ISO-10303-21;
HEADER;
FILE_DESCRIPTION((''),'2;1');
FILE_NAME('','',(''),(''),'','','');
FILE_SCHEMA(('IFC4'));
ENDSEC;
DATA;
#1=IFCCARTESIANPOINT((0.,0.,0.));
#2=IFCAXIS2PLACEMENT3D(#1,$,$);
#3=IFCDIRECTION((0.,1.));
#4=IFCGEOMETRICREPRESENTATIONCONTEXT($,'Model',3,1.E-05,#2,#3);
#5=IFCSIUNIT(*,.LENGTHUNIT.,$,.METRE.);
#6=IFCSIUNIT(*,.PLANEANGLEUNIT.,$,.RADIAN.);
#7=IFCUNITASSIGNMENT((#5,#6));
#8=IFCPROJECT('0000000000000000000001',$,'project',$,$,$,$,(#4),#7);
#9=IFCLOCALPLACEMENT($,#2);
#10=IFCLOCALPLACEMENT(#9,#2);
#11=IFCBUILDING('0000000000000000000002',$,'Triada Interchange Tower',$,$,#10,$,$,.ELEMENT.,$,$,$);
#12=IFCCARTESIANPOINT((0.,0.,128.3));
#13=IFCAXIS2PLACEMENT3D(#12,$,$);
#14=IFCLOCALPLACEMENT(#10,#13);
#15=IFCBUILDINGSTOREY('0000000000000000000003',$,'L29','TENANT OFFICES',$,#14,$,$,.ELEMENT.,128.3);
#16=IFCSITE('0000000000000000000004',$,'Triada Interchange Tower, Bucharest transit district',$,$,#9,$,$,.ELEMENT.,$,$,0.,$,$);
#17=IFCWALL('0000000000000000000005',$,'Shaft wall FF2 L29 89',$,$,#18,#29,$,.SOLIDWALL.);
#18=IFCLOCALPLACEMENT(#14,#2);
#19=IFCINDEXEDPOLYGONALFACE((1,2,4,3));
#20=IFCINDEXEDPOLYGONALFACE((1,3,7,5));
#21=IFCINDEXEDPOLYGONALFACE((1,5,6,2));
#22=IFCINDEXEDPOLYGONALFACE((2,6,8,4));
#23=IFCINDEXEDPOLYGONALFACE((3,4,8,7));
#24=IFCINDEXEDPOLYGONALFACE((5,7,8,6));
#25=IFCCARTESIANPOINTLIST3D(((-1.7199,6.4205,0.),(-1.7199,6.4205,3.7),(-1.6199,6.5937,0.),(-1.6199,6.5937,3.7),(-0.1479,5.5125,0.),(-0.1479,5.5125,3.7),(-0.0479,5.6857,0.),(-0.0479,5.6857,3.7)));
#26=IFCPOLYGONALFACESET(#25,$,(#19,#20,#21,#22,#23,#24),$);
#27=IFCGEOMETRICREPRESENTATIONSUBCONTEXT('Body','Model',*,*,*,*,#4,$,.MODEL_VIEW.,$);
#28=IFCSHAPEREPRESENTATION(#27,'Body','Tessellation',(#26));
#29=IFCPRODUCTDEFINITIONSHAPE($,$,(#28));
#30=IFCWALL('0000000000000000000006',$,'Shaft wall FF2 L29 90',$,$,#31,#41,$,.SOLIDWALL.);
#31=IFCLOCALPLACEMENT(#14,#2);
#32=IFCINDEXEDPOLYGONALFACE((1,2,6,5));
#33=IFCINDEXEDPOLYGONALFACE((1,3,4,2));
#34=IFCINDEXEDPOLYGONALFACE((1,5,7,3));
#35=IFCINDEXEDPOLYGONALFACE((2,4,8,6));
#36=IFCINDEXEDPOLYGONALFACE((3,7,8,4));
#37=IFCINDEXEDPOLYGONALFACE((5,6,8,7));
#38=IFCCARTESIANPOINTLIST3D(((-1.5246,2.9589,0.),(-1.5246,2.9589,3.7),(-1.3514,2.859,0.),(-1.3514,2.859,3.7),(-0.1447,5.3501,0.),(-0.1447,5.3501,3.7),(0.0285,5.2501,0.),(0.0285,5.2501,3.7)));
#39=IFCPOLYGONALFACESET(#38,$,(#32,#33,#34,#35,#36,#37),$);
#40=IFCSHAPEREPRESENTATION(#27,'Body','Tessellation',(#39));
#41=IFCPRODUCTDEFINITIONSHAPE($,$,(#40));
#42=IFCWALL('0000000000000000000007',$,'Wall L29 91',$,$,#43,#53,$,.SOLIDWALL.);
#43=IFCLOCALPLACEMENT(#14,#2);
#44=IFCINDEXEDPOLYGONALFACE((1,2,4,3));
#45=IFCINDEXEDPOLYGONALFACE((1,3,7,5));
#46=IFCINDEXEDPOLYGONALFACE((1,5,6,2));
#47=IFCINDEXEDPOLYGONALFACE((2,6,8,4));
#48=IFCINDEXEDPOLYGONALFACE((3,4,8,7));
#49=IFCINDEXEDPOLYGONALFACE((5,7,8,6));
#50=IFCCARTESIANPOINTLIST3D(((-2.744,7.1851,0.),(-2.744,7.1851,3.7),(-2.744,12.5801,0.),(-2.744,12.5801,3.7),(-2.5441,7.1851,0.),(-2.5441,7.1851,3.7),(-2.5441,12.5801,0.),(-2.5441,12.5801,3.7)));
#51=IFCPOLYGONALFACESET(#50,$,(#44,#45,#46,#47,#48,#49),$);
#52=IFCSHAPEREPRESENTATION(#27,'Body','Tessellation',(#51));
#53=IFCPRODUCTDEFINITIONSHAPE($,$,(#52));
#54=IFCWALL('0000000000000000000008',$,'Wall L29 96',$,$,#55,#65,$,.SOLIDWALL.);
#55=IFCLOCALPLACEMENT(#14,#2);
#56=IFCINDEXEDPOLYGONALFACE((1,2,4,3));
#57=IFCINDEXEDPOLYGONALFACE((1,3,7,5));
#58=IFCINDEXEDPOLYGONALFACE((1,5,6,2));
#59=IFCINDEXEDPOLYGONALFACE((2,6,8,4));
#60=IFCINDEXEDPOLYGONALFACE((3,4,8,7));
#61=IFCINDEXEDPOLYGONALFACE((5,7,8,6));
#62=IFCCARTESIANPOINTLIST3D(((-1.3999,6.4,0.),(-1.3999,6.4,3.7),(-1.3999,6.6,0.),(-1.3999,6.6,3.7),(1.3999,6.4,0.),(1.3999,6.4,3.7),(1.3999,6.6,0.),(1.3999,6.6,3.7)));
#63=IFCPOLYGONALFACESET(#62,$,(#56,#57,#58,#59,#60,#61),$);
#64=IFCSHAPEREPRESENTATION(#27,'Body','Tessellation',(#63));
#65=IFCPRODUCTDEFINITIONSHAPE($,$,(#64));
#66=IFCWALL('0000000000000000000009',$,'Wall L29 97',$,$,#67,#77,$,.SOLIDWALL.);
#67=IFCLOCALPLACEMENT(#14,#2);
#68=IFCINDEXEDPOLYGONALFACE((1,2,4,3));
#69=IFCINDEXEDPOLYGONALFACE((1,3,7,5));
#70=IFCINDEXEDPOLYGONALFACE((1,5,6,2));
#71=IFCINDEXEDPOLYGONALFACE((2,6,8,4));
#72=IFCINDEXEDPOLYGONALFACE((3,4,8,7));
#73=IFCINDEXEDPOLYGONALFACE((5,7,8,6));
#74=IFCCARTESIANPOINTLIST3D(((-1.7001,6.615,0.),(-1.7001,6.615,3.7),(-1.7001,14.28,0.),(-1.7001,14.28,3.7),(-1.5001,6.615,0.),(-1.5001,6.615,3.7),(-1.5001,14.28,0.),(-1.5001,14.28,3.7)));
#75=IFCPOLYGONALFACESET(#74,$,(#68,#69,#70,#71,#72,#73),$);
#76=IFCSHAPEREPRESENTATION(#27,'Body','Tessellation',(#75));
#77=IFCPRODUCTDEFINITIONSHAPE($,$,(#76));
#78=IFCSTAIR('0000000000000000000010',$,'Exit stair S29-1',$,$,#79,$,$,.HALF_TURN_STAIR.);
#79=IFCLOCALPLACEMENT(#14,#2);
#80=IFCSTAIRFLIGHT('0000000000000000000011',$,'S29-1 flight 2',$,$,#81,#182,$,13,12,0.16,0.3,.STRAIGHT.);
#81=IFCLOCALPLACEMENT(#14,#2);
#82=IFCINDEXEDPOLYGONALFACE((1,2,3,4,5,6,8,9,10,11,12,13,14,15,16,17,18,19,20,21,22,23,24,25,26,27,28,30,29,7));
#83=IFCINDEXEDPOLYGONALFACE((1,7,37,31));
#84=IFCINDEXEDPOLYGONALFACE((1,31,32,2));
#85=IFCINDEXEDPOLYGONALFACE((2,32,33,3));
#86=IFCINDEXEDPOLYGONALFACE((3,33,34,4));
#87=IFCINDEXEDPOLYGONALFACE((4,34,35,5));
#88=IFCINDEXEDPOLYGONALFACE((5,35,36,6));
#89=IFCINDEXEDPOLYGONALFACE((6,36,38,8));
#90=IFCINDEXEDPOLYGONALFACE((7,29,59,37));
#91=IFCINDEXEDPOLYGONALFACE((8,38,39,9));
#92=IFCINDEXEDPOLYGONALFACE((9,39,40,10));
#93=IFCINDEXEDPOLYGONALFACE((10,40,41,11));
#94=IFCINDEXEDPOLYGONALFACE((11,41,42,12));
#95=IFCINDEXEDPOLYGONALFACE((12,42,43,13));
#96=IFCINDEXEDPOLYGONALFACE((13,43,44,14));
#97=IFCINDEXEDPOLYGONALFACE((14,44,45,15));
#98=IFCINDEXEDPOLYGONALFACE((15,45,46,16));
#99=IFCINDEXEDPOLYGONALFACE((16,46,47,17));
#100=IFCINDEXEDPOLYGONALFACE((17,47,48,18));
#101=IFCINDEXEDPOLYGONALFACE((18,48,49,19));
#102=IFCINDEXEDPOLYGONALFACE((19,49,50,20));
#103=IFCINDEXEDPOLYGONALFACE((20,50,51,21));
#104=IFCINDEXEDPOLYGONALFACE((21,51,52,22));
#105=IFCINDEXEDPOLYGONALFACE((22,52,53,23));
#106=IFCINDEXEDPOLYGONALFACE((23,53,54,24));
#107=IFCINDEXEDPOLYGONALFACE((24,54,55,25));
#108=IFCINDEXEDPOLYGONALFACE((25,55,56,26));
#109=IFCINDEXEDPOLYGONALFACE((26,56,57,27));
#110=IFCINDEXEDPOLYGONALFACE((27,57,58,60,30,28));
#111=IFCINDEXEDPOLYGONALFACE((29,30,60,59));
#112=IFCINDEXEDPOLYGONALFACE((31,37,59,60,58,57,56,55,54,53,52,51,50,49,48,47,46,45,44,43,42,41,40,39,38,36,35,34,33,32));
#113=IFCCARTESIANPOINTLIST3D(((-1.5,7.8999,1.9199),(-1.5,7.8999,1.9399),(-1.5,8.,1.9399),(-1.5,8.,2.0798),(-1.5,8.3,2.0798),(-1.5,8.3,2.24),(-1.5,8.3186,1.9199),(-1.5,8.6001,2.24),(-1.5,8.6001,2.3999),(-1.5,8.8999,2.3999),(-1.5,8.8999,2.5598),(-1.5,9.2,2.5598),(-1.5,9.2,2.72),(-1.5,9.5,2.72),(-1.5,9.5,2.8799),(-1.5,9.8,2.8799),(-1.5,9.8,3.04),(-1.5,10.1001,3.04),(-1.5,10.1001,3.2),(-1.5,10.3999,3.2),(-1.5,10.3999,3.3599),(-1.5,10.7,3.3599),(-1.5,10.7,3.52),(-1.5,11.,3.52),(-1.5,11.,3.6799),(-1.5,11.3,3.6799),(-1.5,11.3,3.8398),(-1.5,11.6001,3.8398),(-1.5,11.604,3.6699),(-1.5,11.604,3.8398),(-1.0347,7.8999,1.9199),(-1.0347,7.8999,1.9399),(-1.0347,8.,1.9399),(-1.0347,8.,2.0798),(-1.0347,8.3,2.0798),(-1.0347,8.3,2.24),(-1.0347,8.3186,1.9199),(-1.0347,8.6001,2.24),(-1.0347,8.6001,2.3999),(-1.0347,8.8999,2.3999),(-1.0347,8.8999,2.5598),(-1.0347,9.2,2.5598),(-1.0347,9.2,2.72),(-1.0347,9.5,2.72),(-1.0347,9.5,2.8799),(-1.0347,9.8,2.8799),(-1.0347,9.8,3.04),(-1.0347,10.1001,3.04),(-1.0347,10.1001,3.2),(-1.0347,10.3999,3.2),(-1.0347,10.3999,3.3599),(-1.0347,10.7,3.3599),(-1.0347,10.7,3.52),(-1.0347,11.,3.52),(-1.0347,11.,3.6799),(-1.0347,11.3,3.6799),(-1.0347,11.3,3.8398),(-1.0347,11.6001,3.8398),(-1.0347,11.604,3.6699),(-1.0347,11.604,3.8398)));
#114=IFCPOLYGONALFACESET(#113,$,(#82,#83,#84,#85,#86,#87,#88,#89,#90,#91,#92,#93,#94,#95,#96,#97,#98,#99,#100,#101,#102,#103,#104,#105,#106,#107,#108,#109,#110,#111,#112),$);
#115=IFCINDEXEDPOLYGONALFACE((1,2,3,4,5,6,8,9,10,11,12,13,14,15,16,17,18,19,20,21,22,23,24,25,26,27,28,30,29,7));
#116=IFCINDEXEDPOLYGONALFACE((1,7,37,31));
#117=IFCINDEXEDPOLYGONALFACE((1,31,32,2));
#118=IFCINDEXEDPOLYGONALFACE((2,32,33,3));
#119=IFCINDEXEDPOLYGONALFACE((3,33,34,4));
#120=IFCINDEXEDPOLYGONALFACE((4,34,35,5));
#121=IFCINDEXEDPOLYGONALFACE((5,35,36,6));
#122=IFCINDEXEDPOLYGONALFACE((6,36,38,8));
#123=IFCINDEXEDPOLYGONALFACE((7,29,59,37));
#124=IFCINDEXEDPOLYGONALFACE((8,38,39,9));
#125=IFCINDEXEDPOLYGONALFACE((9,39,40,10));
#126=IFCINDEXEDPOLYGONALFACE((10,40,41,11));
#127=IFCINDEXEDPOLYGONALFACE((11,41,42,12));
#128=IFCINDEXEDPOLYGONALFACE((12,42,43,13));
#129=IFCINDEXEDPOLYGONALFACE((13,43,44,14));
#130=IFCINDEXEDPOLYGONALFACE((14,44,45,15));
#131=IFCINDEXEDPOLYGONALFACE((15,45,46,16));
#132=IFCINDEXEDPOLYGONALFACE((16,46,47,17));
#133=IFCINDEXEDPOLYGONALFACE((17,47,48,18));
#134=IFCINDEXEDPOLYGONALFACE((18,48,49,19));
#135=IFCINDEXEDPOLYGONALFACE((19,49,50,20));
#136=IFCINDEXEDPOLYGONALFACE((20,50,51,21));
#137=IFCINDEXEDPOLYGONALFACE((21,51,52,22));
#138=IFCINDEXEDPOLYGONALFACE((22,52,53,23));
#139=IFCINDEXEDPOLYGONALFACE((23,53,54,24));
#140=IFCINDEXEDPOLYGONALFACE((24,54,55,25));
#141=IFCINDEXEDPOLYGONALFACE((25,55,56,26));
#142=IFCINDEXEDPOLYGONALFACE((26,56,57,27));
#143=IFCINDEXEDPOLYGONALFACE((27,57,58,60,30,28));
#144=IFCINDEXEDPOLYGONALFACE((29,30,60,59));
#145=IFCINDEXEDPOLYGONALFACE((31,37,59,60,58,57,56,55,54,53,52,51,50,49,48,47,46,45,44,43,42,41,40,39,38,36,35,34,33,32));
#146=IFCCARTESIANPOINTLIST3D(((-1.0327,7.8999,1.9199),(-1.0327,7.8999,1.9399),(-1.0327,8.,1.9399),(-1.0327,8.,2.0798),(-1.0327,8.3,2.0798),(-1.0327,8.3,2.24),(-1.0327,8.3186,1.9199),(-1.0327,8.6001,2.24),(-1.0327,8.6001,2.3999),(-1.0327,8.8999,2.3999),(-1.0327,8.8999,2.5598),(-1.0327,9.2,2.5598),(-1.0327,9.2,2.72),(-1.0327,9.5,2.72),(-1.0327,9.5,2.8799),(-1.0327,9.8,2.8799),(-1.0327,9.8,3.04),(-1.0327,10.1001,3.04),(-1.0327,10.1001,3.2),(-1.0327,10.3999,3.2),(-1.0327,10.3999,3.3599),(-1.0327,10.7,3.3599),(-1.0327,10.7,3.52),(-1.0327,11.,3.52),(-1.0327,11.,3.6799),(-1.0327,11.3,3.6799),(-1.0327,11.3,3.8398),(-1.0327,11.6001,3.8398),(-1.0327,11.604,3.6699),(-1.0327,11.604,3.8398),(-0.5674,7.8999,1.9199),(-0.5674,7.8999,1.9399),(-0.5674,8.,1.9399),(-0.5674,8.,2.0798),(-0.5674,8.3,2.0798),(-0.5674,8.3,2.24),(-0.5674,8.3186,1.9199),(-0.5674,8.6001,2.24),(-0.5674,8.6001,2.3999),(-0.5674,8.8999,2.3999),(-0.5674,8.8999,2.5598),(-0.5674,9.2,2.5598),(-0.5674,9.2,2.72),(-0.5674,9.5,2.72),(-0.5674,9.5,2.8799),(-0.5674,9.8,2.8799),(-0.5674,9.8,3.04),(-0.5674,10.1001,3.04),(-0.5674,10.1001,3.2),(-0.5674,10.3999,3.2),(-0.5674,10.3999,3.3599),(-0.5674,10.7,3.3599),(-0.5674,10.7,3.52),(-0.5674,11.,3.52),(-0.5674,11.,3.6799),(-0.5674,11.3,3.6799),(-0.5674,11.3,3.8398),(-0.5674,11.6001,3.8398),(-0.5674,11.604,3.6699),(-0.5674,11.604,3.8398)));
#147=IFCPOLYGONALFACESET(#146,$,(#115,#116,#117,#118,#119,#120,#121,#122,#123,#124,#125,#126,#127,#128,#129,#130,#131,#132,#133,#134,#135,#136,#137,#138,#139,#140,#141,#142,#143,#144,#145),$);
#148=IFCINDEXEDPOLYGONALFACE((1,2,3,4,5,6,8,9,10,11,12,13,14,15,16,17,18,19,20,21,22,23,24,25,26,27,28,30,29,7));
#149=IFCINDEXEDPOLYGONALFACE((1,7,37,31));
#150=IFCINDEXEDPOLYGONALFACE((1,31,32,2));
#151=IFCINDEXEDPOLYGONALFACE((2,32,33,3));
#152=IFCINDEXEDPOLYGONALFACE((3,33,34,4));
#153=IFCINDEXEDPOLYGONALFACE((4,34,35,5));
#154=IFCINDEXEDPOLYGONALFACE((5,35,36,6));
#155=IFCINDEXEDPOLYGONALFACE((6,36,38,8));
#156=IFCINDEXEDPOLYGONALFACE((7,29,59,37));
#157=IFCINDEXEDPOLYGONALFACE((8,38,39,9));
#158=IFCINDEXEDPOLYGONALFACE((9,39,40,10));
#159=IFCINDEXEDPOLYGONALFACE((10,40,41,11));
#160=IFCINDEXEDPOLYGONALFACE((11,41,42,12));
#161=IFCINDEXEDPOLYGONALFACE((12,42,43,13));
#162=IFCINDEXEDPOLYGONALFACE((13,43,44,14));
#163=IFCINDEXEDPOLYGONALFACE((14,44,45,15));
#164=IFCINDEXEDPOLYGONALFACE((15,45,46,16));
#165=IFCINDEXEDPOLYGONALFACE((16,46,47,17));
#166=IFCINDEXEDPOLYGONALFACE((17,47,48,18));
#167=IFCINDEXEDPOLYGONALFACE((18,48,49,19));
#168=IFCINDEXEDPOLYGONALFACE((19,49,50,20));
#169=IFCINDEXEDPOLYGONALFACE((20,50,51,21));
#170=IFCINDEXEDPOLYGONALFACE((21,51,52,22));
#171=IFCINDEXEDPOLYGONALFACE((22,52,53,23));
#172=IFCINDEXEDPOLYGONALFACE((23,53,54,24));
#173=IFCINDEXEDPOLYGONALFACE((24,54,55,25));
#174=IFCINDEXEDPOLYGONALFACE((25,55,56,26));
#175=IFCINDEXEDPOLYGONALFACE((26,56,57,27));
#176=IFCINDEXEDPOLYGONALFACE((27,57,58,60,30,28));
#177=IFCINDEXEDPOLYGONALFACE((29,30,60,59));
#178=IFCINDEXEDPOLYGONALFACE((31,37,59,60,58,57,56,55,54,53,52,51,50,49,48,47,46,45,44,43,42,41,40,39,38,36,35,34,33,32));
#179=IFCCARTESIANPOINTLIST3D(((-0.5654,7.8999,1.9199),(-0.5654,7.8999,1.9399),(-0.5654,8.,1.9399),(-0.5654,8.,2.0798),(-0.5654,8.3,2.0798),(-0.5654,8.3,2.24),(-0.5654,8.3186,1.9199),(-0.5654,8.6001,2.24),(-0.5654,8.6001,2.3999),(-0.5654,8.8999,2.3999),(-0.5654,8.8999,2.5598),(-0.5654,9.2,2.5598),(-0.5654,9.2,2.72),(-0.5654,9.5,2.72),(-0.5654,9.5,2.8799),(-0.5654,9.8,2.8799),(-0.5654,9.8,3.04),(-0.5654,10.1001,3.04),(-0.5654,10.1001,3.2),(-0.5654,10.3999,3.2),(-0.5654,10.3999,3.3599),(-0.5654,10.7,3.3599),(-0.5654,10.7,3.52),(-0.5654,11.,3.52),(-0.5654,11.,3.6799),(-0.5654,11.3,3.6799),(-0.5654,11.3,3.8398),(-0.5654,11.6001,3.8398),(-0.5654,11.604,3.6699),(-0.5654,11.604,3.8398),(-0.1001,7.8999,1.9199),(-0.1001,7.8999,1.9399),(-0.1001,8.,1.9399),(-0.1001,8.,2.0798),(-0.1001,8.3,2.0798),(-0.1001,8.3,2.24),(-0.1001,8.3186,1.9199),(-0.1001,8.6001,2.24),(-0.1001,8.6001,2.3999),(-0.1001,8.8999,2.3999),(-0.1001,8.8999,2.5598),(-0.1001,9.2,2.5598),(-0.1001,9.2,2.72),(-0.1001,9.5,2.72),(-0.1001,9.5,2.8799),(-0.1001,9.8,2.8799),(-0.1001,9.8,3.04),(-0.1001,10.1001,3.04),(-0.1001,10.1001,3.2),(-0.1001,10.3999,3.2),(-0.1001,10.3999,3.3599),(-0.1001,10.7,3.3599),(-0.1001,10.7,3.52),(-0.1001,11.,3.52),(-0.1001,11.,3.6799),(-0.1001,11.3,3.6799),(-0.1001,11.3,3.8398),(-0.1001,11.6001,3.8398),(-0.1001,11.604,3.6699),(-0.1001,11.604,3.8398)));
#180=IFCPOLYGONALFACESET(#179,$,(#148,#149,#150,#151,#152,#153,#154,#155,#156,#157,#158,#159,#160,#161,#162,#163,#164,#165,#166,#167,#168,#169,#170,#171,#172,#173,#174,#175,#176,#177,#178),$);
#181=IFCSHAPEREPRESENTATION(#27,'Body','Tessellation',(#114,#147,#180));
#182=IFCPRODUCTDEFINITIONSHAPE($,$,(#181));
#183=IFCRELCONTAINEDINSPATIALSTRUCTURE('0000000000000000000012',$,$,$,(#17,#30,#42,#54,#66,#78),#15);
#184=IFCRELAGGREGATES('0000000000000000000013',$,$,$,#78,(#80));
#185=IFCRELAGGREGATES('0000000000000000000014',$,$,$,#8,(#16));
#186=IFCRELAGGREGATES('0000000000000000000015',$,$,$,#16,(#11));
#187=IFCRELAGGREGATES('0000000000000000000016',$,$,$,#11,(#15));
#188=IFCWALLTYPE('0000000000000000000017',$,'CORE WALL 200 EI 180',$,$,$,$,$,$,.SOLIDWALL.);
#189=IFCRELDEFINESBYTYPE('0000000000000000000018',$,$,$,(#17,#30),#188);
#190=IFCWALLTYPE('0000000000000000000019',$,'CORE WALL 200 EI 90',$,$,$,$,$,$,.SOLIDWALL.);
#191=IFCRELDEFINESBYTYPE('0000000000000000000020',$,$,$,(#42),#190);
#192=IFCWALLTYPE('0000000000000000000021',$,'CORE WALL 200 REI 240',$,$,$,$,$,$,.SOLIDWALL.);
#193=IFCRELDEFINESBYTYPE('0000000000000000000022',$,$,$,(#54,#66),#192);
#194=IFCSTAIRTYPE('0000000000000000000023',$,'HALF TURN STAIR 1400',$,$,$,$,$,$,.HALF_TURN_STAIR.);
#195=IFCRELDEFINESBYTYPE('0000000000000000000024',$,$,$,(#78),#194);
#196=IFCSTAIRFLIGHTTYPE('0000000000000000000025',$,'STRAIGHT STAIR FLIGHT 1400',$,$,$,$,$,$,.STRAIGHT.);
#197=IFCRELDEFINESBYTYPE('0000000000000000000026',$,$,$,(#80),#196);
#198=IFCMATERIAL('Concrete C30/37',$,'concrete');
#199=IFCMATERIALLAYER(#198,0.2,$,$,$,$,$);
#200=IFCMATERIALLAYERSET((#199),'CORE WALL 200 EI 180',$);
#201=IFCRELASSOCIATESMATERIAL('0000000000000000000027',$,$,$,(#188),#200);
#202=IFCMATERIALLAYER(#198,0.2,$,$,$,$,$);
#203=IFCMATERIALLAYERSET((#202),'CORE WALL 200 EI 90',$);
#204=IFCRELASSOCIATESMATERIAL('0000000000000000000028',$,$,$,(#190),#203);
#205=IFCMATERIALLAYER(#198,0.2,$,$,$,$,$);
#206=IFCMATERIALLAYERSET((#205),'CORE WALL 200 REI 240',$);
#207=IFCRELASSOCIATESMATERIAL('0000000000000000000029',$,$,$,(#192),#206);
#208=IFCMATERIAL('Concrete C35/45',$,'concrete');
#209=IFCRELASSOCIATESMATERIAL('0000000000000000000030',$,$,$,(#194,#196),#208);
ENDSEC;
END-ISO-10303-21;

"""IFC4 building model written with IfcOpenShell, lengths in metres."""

from ifc_helpers import new_model, si_unit, direction, frame, frame_2d, origin, place, context, subcontext, project, spatial, polyline, rectangle, outline, extrude, material, layer, layer_set, type_object, element, aggregate, save


model = new_model("IFC4")

# Units and contexts
model_context = context("Model", 3, precision=1e-05, world=origin(), true_north=direction((0.0, 1.0)))
body_context = subcontext(model_context, "Body", "Model", "MODEL_VIEW")
ifc_project = project(units=[si_unit("LENGTHUNIT", "METRE"), si_unit("PLANEANGLEUNIT", "RADIAN")], contexts=[model_context])

# Site, building, storey
site_placement = place(None, origin())
site = spatial("IfcSite", under=ifc_project, at=site_placement, Name="Triada Interchange Tower, Bucharest transit district", CompositionType="ELEMENT", RefElevation=0.0)
building_placement = place(site_placement, origin())
building = spatial("IfcBuilding", under=site, at=building_placement, Name="Triada Interchange Tower", CompositionType="ELEMENT")
storey_placement = place(building_placement, frame((0.0, 0.0, 128.3)))
storey = spatial("IfcBuildingStorey", under=building, at=storey_placement, Name="L29", Description="TENANT OFFICES", CompositionType="ELEMENT", Elevation=128.3)

# Shared definitions
ifc_material_1 = material(Name="Concrete C30/37", Category="concrete")
ifc_layer_1 = layer(ifc_material_1, 0.2)
ifc_layer_set_1 = layer_set([ifc_layer_1], Name="CORE WALL 200 EI 180")
wall_type_1 = type_object("IfcWallType", Name="CORE WALL 200 EI 180", PredefinedType="SOLIDWALL", material=ifc_layer_set_1)

# Walls
wall_1_placement = place(storey_placement, frame((-1.6699, 6.5071, 0.0), z_axis=(0.0, 0.0, 1.0), x_axis=(0.865941, -0.500145, 0.0)))
element("IfcWall", 1, at=wall_1_placement, inside=storey, type_object=wall_type_1, Name="Shaft wall FF2 L29 89", PredefinedType="SOLIDWALL", context=body_context, shape_type="SweptSolid", body=[
    extrude(rectangle(XDim=1.8154, YDim=0.2, at=frame_2d((0.9077, 0.0))), origin(), (0.0, 0.0, 1.0), 3.7),
])
wall_2_placement = place(storey_placement, frame((-1.438, 2.9089, 0.0), z_axis=(0.0, 0.0, 1.0), x_axis=(0.49983, 0.866124, 0.0)))
element("IfcWall", 2, at=wall_2_placement, inside=storey, type_object=wall_type_1, Name="Shaft wall FF2 L29 90", PredefinedType="SOLIDWALL", context=body_context, shape_type="SweptSolid", body=[
    extrude(rectangle(XDim=2.7607, YDim=0.2, at=frame_2d((1.3804, 0.0))), origin(), (0.0, 0.0, 1.0), 3.7),
])
ifc_layer_2 = layer(ifc_material_1, 0.2)
ifc_layer_set_2 = layer_set([ifc_layer_2], Name="CORE WALL 200 EI 90")
wall_type_2 = type_object("IfcWallType", Name="CORE WALL 200 EI 90", PredefinedType="SOLIDWALL", material=ifc_layer_set_2)
wall_3_placement = place(storey_placement, frame((-2.644, 7.1851, 0.0), z_axis=(0.0, 0.0, 1.0), x_axis=(0.0, 1.0, 0.0)))
element("IfcWall", 3, at=wall_3_placement, inside=storey, type_object=wall_type_2, Name="Wall L29 91", PredefinedType="SOLIDWALL", context=body_context, shape_type="SweptSolid", body=[
    extrude(rectangle(XDim=5.395, YDim=0.2, at=frame_2d((2.6975, 0.0))), origin(), (0.0, 0.0, 1.0), 3.7),
])
ifc_layer_3 = layer(ifc_material_1, 0.2)
ifc_layer_set_3 = layer_set([ifc_layer_3], Name="CORE WALL 200 REI 240")
wall_type_3 = type_object("IfcWallType", Name="CORE WALL 200 REI 240", PredefinedType="SOLIDWALL", material=ifc_layer_set_3)
wall_4_placement = place(storey_placement, frame((-1.3999, 6.5, 0.0), z_axis=(0.0, 0.0, 1.0), x_axis=(1.0, 0.0, 0.0)))
element("IfcWall", 4, at=wall_4_placement, inside=storey, type_object=wall_type_3, Name="Wall L29 96", PredefinedType="SOLIDWALL", context=body_context, shape_type="SweptSolid", body=[
    extrude(rectangle(XDim=2.7998, YDim=0.2, at=frame_2d((1.3999, 0.0))), origin(), (0.0, 0.0, 1.0), 3.7),
])
wall_5_placement = place(storey_placement, frame((-1.6001, 6.615, 0.0), z_axis=(0.0, 0.0, 1.0), x_axis=(0.0, 1.0, 0.0)))
element("IfcWall", 5, at=wall_5_placement, inside=storey, type_object=wall_type_3, Name="Wall L29 97", PredefinedType="SOLIDWALL", context=body_context, shape_type="SweptSolid", body=[
    extrude(rectangle(XDim=7.665, YDim=0.2, at=frame_2d((3.8325, 0.0))), origin(), (0.0, 0.0, 1.0), 3.7),
])

# Stair, stair flight
ifc_material_2 = material(Name="Concrete C35/45", Category="concrete")
stair_type = type_object("IfcStairType", Name="HALF TURN STAIR 1400", PredefinedType="HALF_TURN_STAIR", material=ifc_material_2)
stair_placement = place(storey_placement, origin())
stair = element("IfcStair", 6, at=stair_placement, inside=storey, type_object=stair_type, Name="Exit stair S29-1", PredefinedType="HALF_TURN_STAIR")
stair_flight_type = type_object("IfcStairFlightType", Name="STRAIGHT STAIR FLIGHT 1400", PredefinedType="STRAIGHT", material=ifc_material_2)
stair_flight_placement = place(storey_placement, frame((-0.8, 8.0, 1.9199), z_axis=(0.0, 0.0, 1.0), x_axis=(0.0, 1.0, 0.0)))
stair_flight = element("IfcStairFlight", 7, at=stair_flight_placement, type_object=stair_flight_type, Name="S29-1 flight 2", NumberOfRisers=13, NumberOfTreads=12, PredefinedType="STRAIGHT", RiserHeight=0.16, TreadLength=0.3, context=body_context, shape_type="SweptSolid", body=[
    extrude(outline(polyline([(-0.1001, 0.0), (-0.1001, 0.02), (0.0, 0.02), (0.0, 0.1599), (0.3, 0.1599), (0.3, 0.3201), (0.6001, 0.3201), (0.6001, 0.48), (0.8999, 0.48), (0.8999, 0.6399), (1.2, 0.6399), (1.2, 0.8), (1.5, 0.8), (1.5, 0.96), (1.8, 0.96), (1.8, 1.1201), (2.1001, 1.1201), (2.1001, 1.28), (2.3999, 1.28), (2.3999, 1.4399), (2.7, 1.4399), (2.7, 1.6001), (3.0, 1.6001), (3.0, 1.76), (3.3, 1.76), (3.3, 1.9199), (3.6001, 1.9199), (3.604, 1.9199), (3.604, 2.0801), (3.604, 1.75), (0.3186, 0.0), (-0.1001, 0.0)])), frame((0.0, 0.7, 0.0), z_axis=(0.0, -1.0, 0.0), x_axis=(1.0, 0.0, 0.0)), (0.0, 0.0, 1.0), 0.4653),
    extrude(outline(polyline([(-0.1001, 0.0), (-0.1001, 0.02), (0.0, 0.02), (0.0, 0.1599), (0.3, 0.1599), (0.3, 0.3201), (0.6001, 0.3201), (0.6001, 0.48), (0.8999, 0.48), (0.8999, 0.6399), (1.2, 0.6399), (1.2, 0.8), (1.5, 0.8), (1.5, 0.96), (1.8, 0.96), (1.8, 1.1201), (2.1001, 1.1201), (2.1001, 1.28), (2.3999, 1.28), (2.3999, 1.4399), (2.7, 1.4399), (2.7, 1.6001), (3.0, 1.6001), (3.0, 1.76), (3.3, 1.76), (3.3, 1.9199), (3.6001, 1.9199), (3.604, 1.9199), (3.604, 2.0801), (3.604, 1.75), (0.3186, 0.0), (-0.1001, 0.0)])), frame((0.0, 0.2327, 0.0), z_axis=(0.0, -1.0, 0.0), x_axis=(1.0, 0.0, 0.0)), (0.0, 0.0, 1.0), 0.4653),
    extrude(outline(polyline([(-0.1001, 0.0), (-0.1001, 0.02), (0.0, 0.02), (0.0, 0.1599), (0.3, 0.1599), (0.3, 0.3201), (0.6001, 0.3201), (0.6001, 0.48), (0.8999, 0.48), (0.8999, 0.6399), (1.2, 0.6399), (1.2, 0.8), (1.5, 0.8), (1.5, 0.96), (1.8, 0.96), (1.8, 1.1201), (2.1001, 1.1201), (2.1001, 1.28), (2.3999, 1.28), (2.3999, 1.4399), (2.7, 1.4399), (2.7, 1.6001), (3.0, 1.6001), (3.0, 1.76), (3.3, 1.76), (3.3, 1.9199), (3.6001, 1.9199), (3.604, 1.9199), (3.604, 2.0801), (3.604, 1.75), (0.3186, 0.0), (-0.1001, 0.0)])), frame((0.0, -0.2346, 0.0), z_axis=(0.0, -1.0, 0.0), x_axis=(1.0, 0.0, 0.0)), (0.0, 0.0, 1.0), 0.4653),
])
aggregate(stair, [stair_flight])

save(model, "model.ifc")
